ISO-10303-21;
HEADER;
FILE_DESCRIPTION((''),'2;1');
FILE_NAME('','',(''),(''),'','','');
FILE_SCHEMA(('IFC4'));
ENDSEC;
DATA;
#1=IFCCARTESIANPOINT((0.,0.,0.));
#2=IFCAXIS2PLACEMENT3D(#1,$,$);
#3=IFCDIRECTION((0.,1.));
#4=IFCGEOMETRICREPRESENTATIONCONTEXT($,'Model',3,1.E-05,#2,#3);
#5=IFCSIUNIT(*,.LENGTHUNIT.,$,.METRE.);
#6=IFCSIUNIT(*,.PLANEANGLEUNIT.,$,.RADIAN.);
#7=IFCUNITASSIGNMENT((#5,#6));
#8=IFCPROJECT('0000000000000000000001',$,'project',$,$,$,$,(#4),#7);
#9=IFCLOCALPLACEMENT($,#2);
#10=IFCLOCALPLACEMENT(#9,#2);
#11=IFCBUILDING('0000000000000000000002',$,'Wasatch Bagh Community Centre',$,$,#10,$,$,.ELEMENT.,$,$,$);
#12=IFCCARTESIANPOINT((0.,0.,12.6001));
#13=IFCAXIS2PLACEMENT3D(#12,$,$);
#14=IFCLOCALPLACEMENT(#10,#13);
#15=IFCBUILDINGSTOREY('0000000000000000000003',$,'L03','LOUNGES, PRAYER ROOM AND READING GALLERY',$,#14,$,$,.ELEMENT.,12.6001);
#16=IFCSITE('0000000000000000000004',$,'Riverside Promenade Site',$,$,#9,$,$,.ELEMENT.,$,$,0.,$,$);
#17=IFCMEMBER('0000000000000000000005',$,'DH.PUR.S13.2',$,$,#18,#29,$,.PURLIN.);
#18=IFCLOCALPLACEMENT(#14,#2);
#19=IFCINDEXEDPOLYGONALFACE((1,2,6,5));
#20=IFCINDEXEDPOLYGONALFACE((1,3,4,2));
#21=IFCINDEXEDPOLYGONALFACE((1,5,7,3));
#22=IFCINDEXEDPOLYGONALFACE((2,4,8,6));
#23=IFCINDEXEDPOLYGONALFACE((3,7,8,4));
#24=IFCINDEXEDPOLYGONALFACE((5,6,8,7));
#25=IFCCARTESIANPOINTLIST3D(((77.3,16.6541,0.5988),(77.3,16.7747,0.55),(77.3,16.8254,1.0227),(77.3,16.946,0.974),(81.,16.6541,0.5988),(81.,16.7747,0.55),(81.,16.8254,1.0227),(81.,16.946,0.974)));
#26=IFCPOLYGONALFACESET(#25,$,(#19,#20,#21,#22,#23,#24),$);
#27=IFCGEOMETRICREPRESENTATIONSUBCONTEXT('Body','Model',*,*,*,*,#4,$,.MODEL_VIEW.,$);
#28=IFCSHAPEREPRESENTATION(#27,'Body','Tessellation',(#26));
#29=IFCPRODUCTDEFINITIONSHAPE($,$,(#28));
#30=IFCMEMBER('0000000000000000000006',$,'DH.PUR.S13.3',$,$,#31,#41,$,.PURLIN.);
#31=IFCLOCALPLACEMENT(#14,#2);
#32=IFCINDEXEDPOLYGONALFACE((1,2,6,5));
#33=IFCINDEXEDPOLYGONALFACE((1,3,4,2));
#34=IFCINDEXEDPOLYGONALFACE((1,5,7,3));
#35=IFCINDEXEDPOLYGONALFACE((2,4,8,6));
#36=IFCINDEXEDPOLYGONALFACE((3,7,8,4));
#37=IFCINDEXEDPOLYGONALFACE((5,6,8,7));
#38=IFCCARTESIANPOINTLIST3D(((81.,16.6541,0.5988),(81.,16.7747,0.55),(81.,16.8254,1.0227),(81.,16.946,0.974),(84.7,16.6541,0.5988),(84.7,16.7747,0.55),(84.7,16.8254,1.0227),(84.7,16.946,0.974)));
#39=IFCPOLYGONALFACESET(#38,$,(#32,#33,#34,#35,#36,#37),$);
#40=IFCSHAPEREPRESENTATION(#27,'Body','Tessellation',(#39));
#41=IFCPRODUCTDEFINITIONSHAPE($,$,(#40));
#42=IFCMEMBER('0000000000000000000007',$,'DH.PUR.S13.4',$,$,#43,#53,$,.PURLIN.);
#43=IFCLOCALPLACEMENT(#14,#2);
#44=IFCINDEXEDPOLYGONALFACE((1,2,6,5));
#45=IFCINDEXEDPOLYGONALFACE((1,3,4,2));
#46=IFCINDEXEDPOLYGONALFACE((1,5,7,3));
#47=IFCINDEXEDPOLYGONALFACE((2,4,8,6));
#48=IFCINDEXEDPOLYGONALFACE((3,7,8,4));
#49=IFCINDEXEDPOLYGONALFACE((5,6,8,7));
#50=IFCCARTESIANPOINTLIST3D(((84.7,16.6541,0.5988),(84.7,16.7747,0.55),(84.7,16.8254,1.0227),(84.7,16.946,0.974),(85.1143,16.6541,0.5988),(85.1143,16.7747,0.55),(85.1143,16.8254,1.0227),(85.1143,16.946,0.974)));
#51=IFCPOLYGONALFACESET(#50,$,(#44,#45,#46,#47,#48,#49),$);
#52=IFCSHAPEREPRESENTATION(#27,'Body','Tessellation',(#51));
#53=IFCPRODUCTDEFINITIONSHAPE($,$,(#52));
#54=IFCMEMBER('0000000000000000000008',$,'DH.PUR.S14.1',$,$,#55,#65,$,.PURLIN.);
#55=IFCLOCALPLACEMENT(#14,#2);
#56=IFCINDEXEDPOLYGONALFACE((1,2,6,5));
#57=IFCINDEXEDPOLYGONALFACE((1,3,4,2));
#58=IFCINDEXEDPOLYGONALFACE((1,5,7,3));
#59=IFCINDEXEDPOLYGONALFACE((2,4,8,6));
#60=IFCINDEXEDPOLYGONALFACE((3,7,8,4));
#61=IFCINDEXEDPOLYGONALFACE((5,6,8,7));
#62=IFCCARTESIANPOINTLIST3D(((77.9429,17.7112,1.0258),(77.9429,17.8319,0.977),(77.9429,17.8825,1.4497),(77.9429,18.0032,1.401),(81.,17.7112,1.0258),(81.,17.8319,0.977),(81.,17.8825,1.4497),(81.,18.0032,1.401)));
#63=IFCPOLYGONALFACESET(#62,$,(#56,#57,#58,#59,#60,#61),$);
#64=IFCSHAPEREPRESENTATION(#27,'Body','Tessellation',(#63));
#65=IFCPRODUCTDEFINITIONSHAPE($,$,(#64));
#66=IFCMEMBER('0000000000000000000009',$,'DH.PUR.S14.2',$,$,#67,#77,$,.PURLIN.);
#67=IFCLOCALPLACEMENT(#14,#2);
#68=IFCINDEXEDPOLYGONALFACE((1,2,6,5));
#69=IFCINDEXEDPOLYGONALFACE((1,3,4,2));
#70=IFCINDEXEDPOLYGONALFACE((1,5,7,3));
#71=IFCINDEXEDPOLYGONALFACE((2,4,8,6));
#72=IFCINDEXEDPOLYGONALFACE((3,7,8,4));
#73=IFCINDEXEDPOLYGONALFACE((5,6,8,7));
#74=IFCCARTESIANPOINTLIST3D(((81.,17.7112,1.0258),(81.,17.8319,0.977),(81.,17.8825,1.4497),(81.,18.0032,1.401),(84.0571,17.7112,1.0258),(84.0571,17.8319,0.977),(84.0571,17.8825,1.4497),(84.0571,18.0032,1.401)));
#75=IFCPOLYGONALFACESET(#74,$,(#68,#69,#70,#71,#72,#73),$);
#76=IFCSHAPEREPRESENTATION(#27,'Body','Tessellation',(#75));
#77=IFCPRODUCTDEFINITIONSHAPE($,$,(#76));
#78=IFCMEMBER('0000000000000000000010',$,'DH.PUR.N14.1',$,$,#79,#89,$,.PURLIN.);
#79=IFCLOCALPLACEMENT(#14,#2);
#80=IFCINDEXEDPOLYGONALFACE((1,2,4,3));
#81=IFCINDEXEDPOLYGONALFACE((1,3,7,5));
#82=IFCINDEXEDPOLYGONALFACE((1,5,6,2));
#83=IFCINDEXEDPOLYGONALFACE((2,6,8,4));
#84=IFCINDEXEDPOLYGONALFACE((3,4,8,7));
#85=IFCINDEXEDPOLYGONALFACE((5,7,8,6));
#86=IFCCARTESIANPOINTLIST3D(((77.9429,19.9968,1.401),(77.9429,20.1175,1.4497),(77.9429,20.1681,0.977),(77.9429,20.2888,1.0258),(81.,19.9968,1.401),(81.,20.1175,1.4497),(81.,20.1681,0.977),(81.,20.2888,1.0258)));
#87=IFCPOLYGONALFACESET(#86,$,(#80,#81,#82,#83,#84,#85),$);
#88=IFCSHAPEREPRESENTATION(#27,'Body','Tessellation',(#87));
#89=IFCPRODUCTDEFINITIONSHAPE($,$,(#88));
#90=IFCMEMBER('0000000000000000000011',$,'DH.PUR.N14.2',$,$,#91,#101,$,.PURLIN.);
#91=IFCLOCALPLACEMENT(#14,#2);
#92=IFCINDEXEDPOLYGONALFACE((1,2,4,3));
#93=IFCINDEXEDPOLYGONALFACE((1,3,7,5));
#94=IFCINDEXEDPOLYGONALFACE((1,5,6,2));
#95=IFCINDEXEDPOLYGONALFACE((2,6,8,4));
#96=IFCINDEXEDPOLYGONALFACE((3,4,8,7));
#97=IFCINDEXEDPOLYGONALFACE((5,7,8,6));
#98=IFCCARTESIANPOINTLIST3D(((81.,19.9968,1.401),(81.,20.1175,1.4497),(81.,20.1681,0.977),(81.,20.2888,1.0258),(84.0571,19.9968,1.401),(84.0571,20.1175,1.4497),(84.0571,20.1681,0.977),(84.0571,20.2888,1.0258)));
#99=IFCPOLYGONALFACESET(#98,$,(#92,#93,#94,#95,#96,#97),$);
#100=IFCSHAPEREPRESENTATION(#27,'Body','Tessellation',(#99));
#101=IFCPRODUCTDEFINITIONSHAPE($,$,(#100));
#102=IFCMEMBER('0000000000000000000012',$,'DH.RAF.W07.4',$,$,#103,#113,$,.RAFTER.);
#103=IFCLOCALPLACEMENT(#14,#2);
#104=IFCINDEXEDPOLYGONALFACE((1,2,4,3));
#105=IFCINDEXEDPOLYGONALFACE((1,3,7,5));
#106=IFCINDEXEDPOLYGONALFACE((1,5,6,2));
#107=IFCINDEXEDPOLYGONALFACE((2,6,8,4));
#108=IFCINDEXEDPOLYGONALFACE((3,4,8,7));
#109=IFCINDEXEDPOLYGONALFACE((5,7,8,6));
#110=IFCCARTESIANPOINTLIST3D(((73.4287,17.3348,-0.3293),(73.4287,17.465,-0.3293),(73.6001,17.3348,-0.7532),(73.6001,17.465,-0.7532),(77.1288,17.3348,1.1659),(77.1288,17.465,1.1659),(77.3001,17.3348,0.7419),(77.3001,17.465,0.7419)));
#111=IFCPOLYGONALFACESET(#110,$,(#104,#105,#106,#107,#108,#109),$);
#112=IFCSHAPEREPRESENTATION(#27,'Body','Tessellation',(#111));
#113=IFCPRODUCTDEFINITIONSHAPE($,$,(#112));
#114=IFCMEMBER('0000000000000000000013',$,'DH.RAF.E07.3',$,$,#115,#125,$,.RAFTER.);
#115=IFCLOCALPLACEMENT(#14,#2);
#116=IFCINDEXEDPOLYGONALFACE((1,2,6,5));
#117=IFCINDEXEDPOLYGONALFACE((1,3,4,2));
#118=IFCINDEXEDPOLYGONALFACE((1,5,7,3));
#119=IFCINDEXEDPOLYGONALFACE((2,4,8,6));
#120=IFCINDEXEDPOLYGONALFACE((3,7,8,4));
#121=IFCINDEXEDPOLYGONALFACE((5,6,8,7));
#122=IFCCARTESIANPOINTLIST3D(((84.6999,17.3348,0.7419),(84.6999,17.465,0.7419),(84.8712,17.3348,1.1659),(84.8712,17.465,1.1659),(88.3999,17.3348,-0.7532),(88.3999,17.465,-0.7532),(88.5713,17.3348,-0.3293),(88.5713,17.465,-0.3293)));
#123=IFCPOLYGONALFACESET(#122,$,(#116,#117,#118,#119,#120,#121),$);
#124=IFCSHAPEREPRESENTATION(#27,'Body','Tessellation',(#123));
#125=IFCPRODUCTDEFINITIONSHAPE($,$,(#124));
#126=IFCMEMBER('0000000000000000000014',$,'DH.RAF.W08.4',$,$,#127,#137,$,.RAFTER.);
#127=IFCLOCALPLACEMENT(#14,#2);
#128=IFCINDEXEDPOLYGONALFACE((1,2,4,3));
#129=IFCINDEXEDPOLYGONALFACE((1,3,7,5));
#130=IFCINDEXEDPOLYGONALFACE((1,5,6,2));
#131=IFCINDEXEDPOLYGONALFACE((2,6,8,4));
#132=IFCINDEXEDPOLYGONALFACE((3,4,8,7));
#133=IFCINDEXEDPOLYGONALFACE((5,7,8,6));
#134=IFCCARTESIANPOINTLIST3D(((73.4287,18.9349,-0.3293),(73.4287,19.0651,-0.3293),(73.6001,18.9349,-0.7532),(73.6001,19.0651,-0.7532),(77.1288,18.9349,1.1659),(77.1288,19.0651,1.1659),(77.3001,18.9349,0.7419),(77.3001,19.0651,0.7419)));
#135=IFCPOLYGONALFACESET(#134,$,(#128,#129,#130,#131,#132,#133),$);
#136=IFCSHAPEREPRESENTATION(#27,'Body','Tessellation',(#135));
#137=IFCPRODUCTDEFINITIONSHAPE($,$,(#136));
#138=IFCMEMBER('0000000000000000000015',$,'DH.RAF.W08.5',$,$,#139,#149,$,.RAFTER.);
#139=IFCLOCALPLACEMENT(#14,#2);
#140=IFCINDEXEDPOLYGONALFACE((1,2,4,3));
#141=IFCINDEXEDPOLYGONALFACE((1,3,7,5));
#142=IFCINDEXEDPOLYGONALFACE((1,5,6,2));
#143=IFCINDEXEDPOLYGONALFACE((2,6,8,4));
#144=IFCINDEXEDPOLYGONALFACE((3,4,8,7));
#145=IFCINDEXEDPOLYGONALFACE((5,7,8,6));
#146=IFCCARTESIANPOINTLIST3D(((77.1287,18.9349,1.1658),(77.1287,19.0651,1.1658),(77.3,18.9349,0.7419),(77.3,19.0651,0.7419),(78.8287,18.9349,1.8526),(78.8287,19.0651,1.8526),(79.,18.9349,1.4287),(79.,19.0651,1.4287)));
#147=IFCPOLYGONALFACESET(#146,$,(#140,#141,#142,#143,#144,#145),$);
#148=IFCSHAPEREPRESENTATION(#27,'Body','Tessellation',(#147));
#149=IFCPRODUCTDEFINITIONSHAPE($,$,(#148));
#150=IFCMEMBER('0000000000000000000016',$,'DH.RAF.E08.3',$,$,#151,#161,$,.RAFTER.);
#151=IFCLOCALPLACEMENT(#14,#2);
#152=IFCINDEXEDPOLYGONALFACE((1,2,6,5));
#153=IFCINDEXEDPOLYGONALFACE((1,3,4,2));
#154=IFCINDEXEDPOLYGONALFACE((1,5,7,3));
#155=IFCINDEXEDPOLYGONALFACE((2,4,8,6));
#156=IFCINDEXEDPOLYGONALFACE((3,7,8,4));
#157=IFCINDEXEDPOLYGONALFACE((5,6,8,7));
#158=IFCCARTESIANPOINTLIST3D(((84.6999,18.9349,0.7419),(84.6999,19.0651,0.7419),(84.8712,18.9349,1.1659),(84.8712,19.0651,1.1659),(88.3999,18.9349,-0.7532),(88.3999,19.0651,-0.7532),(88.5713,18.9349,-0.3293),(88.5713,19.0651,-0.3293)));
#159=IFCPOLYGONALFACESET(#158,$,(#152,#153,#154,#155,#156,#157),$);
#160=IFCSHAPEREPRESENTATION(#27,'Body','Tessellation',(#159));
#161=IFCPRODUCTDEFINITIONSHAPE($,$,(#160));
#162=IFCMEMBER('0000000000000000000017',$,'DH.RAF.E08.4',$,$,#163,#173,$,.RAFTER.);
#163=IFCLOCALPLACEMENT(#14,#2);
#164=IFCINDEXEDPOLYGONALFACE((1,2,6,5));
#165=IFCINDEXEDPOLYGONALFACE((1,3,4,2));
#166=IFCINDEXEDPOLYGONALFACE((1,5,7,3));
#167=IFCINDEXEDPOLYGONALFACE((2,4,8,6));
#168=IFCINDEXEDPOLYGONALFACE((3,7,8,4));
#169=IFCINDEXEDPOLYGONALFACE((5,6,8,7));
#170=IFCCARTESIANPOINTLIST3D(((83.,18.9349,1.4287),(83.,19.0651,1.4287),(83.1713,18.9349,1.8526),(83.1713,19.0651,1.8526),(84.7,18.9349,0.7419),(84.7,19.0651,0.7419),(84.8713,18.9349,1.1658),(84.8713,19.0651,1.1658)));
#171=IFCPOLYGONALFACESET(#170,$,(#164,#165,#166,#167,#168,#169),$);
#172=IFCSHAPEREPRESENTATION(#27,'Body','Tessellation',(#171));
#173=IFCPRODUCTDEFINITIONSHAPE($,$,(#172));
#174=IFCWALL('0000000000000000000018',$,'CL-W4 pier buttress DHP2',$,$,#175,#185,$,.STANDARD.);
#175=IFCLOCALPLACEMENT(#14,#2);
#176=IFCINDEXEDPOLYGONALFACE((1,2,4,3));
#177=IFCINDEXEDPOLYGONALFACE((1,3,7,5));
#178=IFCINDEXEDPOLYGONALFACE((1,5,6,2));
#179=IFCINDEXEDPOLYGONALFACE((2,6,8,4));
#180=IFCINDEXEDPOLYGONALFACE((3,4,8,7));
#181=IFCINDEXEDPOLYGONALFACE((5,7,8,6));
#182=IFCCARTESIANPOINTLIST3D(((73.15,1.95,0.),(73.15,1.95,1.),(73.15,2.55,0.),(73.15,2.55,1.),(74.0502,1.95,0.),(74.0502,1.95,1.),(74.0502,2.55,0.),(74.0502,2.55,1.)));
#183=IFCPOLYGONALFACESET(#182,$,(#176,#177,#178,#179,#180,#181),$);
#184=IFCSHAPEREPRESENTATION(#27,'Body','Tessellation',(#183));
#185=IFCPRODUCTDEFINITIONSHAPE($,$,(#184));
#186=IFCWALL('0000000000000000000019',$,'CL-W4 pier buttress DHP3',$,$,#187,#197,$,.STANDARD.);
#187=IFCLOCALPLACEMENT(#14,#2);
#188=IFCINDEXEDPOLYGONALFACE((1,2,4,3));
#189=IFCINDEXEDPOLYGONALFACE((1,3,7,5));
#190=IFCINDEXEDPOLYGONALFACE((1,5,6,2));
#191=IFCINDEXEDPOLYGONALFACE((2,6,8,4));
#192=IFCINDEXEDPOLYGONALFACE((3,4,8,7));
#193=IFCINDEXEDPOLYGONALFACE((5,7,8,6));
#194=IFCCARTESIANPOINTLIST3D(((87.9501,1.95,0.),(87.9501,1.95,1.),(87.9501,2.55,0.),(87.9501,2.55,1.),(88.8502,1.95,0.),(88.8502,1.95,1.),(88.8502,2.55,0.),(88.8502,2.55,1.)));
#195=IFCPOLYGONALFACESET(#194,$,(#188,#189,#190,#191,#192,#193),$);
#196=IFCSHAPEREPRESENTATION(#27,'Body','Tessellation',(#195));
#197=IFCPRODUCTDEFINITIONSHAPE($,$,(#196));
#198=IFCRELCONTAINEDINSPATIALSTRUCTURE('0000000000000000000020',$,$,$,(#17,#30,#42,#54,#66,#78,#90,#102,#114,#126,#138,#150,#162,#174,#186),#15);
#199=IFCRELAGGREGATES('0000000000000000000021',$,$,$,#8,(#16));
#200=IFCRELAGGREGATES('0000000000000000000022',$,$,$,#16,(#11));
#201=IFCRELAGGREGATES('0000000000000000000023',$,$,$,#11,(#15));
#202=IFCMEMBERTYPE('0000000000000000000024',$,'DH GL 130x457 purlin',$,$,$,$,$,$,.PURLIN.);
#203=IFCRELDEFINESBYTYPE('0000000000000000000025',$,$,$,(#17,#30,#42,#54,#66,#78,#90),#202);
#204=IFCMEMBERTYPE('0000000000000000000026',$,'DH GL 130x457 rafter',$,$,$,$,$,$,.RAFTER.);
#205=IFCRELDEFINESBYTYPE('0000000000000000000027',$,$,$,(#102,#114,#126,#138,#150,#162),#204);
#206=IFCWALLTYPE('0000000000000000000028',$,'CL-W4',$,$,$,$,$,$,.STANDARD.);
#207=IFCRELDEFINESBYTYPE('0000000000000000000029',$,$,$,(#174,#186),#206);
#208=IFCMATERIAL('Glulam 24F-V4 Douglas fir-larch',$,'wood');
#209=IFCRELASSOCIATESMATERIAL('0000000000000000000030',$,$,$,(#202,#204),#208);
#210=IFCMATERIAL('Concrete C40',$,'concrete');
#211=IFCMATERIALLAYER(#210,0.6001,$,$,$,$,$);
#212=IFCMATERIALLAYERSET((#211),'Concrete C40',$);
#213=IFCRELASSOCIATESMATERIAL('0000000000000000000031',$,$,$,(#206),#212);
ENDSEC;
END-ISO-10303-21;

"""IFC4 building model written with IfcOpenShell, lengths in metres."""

from ifc_helpers import new_model, si_unit, direction, frame, frame_2d, origin, origin_2d, place, context, subcontext, project, spatial, rectangle, extrude, material, layer, layer_set, material_profile, profile_set, type_object, element, save


model = new_model("IFC4")

# Units and contexts
model_context = context("Model", 3, precision=1e-05, world=origin(), true_north=direction((0.0, 1.0)))
body_context = subcontext(model_context, "Body", "Model", "MODEL_VIEW")
ifc_project = project(units=[si_unit("LENGTHUNIT", "METRE"), si_unit("PLANEANGLEUNIT", "RADIAN")], contexts=[model_context])

# Site, building, storey
site_placement = place(None, origin())
site = spatial("IfcSite", under=ifc_project, at=site_placement, Name="Riverside Promenade Site", CompositionType="ELEMENT", RefElevation=0.0)
building_placement = place(site_placement, origin())
building = spatial("IfcBuilding", under=site, at=building_placement, Name="Wasatch Bagh Community Centre", CompositionType="ELEMENT")
storey_placement = place(building_placement, frame((0.0, 0.0, 12.6001)))
storey = spatial("IfcBuildingStorey", under=building, at=storey_placement, Name="L03", Description="LOUNGES, PRAYER ROOM AND READING GALLERY", CompositionType="ELEMENT", Elevation=12.6001)

# Shared definitions
ifc_material_1 = material(Name="Concrete C40", Category="concrete")

# Shared definitions
ifc_material_2 = material(Name="Glulam 24F-V4 Douglas fir-larch", Category="wood")

# Members
ifc_material_profile_1 = material_profile(ifc_material_2, rectangle(XDim=0.1301, YDim=0.4573, at=origin_2d()), Name="GL 130x457")
ifc_profile_set_1 = profile_set([ifc_material_profile_1], Name="Glulam 24F-V4 Douglas fir-larch")
member_type_1 = type_object("IfcMemberType", Name="DH GL 130x457 purlin", PredefinedType="PURLIN", material=ifc_profile_set_1)
for number, where, z_axis, x_axis, name in (
    (1, (77.3, 16.8, 0.7864), (1.0, 0.0, 0.0), (0.0, 0.927184, -0.374607), "DH.PUR.S13.2"),
    (2, (81.0, 16.8, 0.7864), (1.0, 0.0, 0.0), (0.0, 0.927184, -0.374607), "DH.PUR.S13.3"),
):
    element("IfcMember", number, at=place(storey_placement, frame(where, z_axis=z_axis, x_axis=x_axis)), inside=storey, type_object=member_type_1, Name=name, PredefinedType="PURLIN", context=body_context, shape_type="SweptSolid", body=[
        extrude(rectangle(XDim=0.1301, YDim=0.4573, at=origin_2d()), origin(), (0.0, 0.0, 1.0), 3.7),
    ])
member_1_placement = place(storey_placement, frame((84.7, 16.8, 0.7864), z_axis=(1.0, 0.0, 0.0), x_axis=(0.0, 0.927184, -0.374607)))
element("IfcMember", 3, at=member_1_placement, inside=storey, type_object=member_type_1, Name="DH.PUR.S13.4", PredefinedType="PURLIN", context=body_context, shape_type="SweptSolid", body=[
    extrude(rectangle(XDim=0.1301, YDim=0.4573, at=origin_2d()), origin(), (0.0, 0.0, 1.0), 0.4143),
])
for number, where, z_axis, x_axis, name in (
    (4, (77.9429, 17.8572, 1.2134), (1.0, 0.0, 0.0), (0.0, 0.927184, -0.374607), "DH.PUR.S14.1"),
    (5, (81.0, 17.8572, 1.2134), (1.0, 0.0, 0.0), (0.0, 0.927184, -0.374607), "DH.PUR.S14.2"),
    (6, (77.9429, 20.1428, 1.2134), (1.0, 0.0, 0.0), (0.0, 0.927184, 0.374607), "DH.PUR.N14.1"),
    (7, (81.0, 20.1428, 1.2134), (1.0, 0.0, 0.0), (0.0, 0.927184, 0.374607), "DH.PUR.N14.2"),
):
    element("IfcMember", number, at=place(storey_placement, frame(where, z_axis=z_axis, x_axis=x_axis)), inside=storey, type_object=member_type_1, Name=name, PredefinedType="PURLIN", context=body_context, shape_type="SweptSolid", body=[
        extrude(rectangle(XDim=0.1301, YDim=0.4573, at=origin_2d()), origin(), (0.0, 0.0, 1.0), 3.0571),
    ])
ifc_material_profile_2 = material_profile(ifc_material_2, rectangle(XDim=0.1301, YDim=0.4573, at=origin_2d()), Name="GL 130x457")
ifc_profile_set_2 = profile_set([ifc_material_profile_2], Name="Glulam 24F-V4 Douglas fir-larch")
member_type_2 = type_object("IfcMemberType", Name="DH GL 130x457 rafter", PredefinedType="RAFTER", material=ifc_profile_set_2)
for number, where, z_axis, x_axis, name in (
    (8, (73.5144, 17.3999, -0.5413), (0.927163, 0.0, 0.374658), (0.0, 1.0, 0.0), "DH.RAF.W07.4"),
    (9, (88.4856, 17.3999, -0.5413), (-0.927163, 0.0, 0.374658), (0.0, -1.0, 0.0), "DH.RAF.E07.3"),
    (10, (73.5144, 19.0, -0.5413), (0.927163, 0.0, 0.374658), (0.0, 1.0, 0.0), "DH.RAF.W08.4"),
):
    element("IfcMember", number, at=place(storey_placement, frame(where, z_axis=z_axis, x_axis=x_axis)), inside=storey, type_object=member_type_2, Name=name, PredefinedType="RAFTER", context=body_context, shape_type="SweptSolid", body=[
        extrude(rectangle(XDim=0.1301, YDim=0.4573, at=origin_2d()), origin(), (0.0, 0.0, 1.0), 3.9907),
    ])
member_2_placement = place(storey_placement, frame((77.2144, 19.0, 0.9539), z_axis=(0.927195, 0.0, 0.37458), x_axis=(0.0, 1.0, 0.0)))
element("IfcMember", 11, at=member_2_placement, inside=storey, type_object=member_type_2, Name="DH.RAF.W08.5", PredefinedType="RAFTER", context=body_context, shape_type="SweptSolid", body=[
    extrude(rectangle(XDim=0.1301, YDim=0.4573, at=origin_2d()), origin(), (0.0, 0.0, 1.0), 1.8335),
])
member_3_placement = place(storey_placement, frame((88.4856, 19.0, -0.5413), z_axis=(-0.927163, 0.0, 0.374658), x_axis=(0.0, -1.0, 0.0)))
element("IfcMember", 12, at=member_3_placement, inside=storey, type_object=member_type_2, Name="DH.RAF.E08.3", PredefinedType="RAFTER", context=body_context, shape_type="SweptSolid", body=[
    extrude(rectangle(XDim=0.1301, YDim=0.4573, at=origin_2d()), origin(), (0.0, 0.0, 1.0), 3.9907),
])
member_4_placement = place(storey_placement, frame((84.7856, 19.0, 0.9539), z_axis=(-0.927195, 0.0, 0.37458), x_axis=(0.0, -1.0, 0.0)))
element("IfcMember", 13, at=member_4_placement, inside=storey, type_object=member_type_2, Name="DH.RAF.E08.4", PredefinedType="RAFTER", context=body_context, shape_type="SweptSolid", body=[
    extrude(rectangle(XDim=0.1301, YDim=0.4573, at=origin_2d()), origin(), (0.0, 0.0, 1.0), 1.8335),
])

# Walls
ifc_layer = layer(ifc_material_1, 0.6001)
ifc_layer_set = layer_set([ifc_layer], Name="Concrete C40")
wall_type = type_object("IfcWallType", Name="CL-W4", PredefinedType="STANDARD", material=ifc_layer_set)
for number, where, z_axis, x_axis, name in (
    (14, (73.1499, 2.25, 0.0), (0.0, 0.0, 1.0), (1.0, 0.0, 0.0), "CL-W4 pier buttress DHP2"),
    (15, (87.95, 2.25, 0.0), (0.0, 0.0, 1.0), (1.0, 0.0, 0.0), "CL-W4 pier buttress DHP3"),
):
    element("IfcWall", number, at=place(storey_placement, frame(where, z_axis=z_axis, x_axis=x_axis)), inside=storey, type_object=wall_type, Name=name, PredefinedType="STANDARD", context=body_context, shape_type="SweptSolid", body=[
        extrude(rectangle(XDim=0.9001, YDim=0.6001, at=frame_2d((0.4502, 0.0))), origin(), (0.0, 0.0, 1.0), 1.0),
    ])

save(model, "model.ifc")
